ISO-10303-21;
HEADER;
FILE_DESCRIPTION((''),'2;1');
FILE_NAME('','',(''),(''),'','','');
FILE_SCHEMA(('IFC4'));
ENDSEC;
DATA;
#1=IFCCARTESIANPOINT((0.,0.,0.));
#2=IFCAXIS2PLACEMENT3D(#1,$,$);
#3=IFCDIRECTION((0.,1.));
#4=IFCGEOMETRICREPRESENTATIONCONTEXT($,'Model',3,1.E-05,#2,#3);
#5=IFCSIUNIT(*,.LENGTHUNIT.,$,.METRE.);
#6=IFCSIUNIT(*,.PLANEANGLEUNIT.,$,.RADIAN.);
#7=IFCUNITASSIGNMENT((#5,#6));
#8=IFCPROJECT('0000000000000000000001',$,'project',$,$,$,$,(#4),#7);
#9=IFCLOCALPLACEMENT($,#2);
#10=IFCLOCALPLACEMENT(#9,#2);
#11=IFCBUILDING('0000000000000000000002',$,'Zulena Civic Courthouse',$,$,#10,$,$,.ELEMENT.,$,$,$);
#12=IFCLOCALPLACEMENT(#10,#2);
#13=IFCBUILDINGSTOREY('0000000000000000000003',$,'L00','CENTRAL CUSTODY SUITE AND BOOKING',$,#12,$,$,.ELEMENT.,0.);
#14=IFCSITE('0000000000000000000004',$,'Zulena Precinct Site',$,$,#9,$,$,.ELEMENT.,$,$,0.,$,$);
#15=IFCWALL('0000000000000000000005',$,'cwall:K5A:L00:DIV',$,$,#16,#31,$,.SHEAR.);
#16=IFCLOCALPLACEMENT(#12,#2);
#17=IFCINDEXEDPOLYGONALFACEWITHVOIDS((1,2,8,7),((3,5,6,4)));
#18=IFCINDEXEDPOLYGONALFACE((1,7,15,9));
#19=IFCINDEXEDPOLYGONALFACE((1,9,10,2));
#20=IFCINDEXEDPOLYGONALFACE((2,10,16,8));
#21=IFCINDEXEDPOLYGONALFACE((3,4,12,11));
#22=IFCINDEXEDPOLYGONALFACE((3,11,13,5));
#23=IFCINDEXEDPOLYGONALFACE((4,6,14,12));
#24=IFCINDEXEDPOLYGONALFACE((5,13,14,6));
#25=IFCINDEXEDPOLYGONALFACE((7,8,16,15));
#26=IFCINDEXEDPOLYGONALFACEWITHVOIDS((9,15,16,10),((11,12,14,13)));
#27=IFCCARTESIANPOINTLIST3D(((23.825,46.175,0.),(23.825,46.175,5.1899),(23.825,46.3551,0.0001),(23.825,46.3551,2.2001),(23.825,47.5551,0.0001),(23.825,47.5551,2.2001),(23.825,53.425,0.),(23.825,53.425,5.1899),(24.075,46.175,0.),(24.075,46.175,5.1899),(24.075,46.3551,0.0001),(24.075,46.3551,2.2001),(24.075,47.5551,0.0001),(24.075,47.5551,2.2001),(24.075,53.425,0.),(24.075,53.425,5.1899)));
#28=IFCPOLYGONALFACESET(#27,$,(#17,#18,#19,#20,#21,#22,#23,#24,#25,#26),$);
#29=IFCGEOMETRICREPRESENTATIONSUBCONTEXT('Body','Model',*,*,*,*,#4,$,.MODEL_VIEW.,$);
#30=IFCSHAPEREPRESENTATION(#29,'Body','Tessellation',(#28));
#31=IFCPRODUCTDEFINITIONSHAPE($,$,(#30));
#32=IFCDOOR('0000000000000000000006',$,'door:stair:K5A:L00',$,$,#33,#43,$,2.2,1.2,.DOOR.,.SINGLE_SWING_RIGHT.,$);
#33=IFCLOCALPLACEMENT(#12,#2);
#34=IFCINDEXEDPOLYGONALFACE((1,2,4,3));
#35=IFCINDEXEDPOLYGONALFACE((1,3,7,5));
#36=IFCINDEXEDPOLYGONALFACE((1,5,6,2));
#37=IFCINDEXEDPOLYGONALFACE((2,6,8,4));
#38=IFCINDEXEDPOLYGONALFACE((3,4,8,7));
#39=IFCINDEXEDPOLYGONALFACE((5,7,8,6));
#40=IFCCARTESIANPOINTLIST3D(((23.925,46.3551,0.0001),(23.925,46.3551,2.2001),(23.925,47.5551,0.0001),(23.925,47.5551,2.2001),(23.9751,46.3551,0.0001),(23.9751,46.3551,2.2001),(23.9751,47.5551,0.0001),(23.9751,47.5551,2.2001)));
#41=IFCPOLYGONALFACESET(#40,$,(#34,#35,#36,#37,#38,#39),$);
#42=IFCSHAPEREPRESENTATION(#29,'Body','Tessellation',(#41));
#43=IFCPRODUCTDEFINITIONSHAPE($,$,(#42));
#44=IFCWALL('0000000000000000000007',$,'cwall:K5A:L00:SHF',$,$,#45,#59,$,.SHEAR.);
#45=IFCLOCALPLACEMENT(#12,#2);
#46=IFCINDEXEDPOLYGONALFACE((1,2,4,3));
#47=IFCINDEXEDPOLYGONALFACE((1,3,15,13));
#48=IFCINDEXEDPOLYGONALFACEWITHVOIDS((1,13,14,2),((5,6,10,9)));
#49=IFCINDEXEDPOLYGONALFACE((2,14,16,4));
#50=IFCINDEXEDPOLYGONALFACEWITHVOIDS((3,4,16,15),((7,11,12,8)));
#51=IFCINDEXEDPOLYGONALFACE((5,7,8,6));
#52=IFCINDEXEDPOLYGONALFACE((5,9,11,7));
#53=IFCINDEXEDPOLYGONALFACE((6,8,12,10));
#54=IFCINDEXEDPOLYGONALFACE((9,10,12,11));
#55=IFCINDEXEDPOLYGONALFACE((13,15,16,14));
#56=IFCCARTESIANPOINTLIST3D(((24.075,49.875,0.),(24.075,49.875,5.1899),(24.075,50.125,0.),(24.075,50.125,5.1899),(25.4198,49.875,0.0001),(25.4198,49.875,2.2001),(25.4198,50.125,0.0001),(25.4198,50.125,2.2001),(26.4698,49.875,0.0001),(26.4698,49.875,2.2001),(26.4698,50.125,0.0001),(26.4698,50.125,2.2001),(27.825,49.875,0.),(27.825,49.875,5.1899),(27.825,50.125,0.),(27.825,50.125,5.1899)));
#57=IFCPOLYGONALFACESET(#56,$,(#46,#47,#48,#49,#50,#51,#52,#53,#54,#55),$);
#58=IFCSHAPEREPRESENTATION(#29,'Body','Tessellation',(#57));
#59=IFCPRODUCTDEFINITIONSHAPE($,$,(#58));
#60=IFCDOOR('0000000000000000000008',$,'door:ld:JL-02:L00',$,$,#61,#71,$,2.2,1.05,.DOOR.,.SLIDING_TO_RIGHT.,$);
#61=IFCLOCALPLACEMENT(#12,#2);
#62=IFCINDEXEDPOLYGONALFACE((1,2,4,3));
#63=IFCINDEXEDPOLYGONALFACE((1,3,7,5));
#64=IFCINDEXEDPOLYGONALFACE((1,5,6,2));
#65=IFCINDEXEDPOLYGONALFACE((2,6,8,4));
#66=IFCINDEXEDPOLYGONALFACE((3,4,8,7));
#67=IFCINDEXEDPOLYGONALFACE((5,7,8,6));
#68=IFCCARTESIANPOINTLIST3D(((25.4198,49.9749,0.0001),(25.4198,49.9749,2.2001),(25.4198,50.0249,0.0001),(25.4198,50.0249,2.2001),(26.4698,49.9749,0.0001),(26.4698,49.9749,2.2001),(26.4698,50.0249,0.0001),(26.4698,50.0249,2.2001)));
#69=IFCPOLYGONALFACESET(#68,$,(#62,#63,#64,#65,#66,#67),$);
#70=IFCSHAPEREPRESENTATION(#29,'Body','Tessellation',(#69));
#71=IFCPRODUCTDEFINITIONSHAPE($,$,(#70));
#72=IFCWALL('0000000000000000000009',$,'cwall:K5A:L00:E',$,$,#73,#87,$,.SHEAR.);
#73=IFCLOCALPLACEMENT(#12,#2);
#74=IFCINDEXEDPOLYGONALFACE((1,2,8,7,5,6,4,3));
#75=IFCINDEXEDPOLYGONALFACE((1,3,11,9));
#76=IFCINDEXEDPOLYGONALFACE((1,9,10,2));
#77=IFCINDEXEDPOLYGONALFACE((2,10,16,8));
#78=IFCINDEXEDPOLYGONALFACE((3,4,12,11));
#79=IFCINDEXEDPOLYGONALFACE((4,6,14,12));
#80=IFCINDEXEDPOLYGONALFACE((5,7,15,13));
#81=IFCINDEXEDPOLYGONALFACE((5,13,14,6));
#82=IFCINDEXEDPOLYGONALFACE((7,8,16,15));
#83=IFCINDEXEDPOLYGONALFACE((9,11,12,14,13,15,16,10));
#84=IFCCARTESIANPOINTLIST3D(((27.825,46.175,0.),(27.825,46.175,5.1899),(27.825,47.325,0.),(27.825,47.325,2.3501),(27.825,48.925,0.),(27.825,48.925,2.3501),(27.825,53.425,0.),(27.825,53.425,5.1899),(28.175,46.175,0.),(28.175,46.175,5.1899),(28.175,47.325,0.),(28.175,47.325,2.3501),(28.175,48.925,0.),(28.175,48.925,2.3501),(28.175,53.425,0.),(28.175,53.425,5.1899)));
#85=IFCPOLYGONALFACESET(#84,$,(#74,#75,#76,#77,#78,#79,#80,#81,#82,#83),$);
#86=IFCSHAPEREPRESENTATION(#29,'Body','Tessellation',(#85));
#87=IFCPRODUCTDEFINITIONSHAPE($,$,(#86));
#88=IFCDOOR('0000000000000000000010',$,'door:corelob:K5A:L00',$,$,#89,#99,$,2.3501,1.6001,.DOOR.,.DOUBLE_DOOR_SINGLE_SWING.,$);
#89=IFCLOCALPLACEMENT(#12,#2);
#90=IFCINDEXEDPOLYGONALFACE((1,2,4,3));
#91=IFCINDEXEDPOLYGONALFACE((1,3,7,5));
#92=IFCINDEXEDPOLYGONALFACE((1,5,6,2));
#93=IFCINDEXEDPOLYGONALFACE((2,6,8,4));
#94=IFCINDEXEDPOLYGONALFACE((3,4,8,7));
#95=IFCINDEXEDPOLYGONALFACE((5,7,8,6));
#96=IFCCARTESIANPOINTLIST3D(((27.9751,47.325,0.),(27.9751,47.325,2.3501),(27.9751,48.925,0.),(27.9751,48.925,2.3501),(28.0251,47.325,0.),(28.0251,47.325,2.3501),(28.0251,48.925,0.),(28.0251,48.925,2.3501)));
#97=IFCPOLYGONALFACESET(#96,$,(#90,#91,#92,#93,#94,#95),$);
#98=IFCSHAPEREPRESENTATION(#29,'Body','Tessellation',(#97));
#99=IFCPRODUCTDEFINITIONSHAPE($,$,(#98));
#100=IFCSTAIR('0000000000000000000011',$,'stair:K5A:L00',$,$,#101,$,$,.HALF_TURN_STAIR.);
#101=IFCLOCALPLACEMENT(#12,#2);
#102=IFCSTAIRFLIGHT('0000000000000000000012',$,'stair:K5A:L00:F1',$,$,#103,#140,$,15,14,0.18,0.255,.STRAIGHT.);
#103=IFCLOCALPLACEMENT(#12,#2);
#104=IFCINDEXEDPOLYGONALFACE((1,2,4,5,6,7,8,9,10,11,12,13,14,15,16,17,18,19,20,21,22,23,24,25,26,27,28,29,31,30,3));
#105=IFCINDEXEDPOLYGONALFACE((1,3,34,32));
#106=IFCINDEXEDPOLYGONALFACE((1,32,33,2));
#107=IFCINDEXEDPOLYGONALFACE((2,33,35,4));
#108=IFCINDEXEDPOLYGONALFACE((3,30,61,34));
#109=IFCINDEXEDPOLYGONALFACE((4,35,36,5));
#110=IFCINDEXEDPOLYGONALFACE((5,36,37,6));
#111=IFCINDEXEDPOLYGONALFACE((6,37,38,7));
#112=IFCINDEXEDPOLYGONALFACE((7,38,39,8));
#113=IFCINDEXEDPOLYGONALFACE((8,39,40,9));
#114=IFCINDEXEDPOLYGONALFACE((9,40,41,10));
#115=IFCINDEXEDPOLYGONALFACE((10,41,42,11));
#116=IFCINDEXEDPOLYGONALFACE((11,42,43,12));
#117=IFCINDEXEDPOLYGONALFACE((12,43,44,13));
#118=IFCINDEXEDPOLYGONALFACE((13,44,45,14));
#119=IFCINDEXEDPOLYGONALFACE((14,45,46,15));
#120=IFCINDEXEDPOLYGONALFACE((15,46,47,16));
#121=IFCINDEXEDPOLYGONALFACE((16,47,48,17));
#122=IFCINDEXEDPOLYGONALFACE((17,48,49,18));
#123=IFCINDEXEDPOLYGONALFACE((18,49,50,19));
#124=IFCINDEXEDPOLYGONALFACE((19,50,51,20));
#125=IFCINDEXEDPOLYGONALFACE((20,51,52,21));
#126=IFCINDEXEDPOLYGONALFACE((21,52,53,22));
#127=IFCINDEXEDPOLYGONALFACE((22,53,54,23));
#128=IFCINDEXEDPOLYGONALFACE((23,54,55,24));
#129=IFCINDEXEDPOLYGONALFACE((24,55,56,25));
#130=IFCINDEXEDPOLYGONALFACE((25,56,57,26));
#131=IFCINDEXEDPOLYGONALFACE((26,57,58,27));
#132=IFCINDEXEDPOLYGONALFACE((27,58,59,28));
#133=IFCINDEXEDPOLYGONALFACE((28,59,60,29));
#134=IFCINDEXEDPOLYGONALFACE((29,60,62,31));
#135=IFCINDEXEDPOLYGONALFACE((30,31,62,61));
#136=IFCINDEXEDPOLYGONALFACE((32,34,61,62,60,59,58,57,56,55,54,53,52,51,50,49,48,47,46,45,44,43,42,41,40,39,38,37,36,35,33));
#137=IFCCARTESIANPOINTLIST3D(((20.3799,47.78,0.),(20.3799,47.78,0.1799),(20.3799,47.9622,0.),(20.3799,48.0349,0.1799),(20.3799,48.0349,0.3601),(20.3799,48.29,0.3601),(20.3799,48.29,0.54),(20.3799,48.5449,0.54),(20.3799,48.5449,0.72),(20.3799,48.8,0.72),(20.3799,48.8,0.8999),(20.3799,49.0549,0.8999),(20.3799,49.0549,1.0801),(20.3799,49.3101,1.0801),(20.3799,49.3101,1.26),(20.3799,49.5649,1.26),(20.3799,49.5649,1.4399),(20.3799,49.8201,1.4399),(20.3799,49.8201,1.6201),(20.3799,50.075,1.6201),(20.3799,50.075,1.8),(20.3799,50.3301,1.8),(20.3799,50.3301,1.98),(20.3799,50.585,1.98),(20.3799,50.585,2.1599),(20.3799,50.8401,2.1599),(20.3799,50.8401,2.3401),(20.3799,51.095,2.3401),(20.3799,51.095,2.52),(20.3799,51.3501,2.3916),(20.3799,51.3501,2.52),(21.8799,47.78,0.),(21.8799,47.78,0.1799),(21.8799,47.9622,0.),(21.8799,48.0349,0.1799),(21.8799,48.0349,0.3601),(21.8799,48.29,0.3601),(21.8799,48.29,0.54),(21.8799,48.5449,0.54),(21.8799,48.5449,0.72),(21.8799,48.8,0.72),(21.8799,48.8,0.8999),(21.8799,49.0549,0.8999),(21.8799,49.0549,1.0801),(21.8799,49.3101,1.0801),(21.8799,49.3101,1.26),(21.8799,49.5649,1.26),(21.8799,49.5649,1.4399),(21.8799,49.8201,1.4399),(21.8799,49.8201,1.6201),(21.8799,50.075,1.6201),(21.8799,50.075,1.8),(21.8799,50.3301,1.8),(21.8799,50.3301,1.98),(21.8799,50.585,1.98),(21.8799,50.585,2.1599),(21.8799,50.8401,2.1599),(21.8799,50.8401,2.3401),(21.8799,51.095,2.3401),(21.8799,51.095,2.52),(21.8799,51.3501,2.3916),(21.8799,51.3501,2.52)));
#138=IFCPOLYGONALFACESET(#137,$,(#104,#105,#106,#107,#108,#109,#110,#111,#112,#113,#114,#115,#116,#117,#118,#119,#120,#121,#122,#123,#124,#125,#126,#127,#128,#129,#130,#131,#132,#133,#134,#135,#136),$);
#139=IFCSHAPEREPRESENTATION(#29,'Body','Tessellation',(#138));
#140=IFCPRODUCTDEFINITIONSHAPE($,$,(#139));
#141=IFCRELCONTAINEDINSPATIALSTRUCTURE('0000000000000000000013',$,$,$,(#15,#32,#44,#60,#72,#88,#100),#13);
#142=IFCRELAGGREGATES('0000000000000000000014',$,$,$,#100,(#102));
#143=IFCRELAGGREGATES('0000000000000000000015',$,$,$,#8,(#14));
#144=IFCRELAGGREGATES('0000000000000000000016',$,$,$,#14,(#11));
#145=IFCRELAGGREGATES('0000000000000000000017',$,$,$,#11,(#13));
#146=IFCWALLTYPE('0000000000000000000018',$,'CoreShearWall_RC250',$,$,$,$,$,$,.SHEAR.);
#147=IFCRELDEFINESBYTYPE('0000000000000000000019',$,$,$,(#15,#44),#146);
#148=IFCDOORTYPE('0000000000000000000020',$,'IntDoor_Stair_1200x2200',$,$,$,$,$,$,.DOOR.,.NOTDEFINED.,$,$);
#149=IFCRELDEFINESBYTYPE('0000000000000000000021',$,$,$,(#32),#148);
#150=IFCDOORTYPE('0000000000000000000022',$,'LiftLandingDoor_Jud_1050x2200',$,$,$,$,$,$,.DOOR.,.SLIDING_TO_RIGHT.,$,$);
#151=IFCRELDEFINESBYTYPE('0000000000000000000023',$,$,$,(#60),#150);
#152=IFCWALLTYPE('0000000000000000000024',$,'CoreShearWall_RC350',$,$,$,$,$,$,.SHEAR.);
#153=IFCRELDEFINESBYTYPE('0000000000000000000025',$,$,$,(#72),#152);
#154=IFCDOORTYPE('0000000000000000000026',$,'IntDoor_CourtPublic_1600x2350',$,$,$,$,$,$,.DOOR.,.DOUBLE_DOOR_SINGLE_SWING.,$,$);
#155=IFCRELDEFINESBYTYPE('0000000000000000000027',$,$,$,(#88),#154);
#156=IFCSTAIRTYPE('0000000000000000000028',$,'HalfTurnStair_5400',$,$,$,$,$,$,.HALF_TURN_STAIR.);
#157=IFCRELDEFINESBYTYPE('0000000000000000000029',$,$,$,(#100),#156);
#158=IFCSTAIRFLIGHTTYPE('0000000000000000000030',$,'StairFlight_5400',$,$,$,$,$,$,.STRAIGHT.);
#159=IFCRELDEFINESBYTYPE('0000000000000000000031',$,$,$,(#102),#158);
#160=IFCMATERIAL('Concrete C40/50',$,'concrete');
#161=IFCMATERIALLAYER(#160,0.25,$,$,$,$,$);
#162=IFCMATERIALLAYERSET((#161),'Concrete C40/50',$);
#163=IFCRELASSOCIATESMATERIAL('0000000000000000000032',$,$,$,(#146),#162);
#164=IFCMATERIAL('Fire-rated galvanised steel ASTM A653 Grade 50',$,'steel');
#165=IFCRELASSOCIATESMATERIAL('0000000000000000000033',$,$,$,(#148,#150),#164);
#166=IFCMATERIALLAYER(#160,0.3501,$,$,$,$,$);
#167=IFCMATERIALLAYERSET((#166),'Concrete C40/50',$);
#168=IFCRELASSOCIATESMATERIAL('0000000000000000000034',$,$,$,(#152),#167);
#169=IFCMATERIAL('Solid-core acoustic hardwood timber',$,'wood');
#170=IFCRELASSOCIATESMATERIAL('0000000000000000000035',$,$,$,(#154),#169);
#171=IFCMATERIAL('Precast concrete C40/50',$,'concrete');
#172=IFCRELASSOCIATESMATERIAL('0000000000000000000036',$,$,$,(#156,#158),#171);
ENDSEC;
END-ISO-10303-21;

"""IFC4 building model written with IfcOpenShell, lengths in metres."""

from ifc_helpers import new_model, si_unit, direction, frame, frame_2d, origin, place, context, subcontext, project, spatial, polyline, rectangle, outline, extrude, material, layer, layer_set, type_object, element, fill, aggregate, save


model = new_model("IFC4")

# Units and contexts
model_context = context("Model", 3, precision=1e-05, world=origin(), true_north=direction((0.0, 1.0)))
body_context = subcontext(model_context, "Body", "Model", "MODEL_VIEW")
ifc_project = project(units=[si_unit("LENGTHUNIT", "METRE"), si_unit("PLANEANGLEUNIT", "RADIAN")], contexts=[model_context])

# Site, building, storey
site_placement = place(None, origin())
site = spatial("IfcSite", under=ifc_project, at=site_placement, Name="Zulena Precinct Site", CompositionType="ELEMENT", RefElevation=0.0)
building_placement = place(site_placement, origin())
building = spatial("IfcBuilding", under=site, at=building_placement, Name="Zulena Civic Courthouse", CompositionType="ELEMENT")
storey_placement = place(building_placement, origin())
storey = spatial("IfcBuildingStorey", under=building, at=storey_placement, Name="L00", Description="CENTRAL CUSTODY SUITE AND BOOKING", CompositionType="ELEMENT", Elevation=0.0)

# Walls, openings, doors
ifc_material_1 = material(Name="Concrete C40/50", Category="concrete")
ifc_layer_1 = layer(ifc_material_1, 0.25)
ifc_layer_set_1 = layer_set([ifc_layer_1], Name="Concrete C40/50")
wall_type_1 = type_object("IfcWallType", Name="CoreShearWall_RC250", PredefinedType="SHEAR", material=ifc_layer_set_1)
wall_1_placement = place(storey_placement, frame((23.95, 46.175, 0.0), z_axis=(0.0, 0.0, 1.0), x_axis=(0.0, 1.0, 0.0)))
wall_1 = element("IfcWall", 1, at=wall_1_placement, inside=storey, type_object=wall_type_1, Name="cwall:K5A:L00:DIV", PredefinedType="SHEAR", context=body_context, shape_type="SweptSolid", body=[
    extrude(rectangle(XDim=7.25, YDim=0.25, at=frame_2d((3.625, 0.0))), origin(), (0.0, 0.0, 1.0), 5.1899),
])
opening_1_placement = place(wall_1_placement, frame((0.1799, 0.0, 0.0)))
opening_1 = element("IfcOpeningElement", 2, at=opening_1_placement, cuts=wall_1, PredefinedType="OPENING", context=body_context, shape_type="SweptSolid", body=[
    extrude(rectangle(XDim=1.2, YDim=2.2, at=frame_2d((0.6001, 1.1001))), frame((0.0, 0.135, 0.0), z_axis=(0.0, -1.0, 0.0), x_axis=(1.0, 0.0, 0.0)), (0.0, 0.0, 1.0), 0.27),
])
ifc_material_2 = material(Name="Fire-rated galvanised steel ASTM A653 Grade 50", Category="steel")
door_type_1 = type_object("IfcDoorType", Name="IntDoor_Stair_1200x2200", OperationType="NOTDEFINED", PredefinedType="DOOR", material=ifc_material_2)
door_1_placement = place(opening_1_placement, origin())
door_1 = element("IfcDoor", 3, at=door_1_placement, inside=storey, type_object=door_type_1, Name="door:stair:K5A:L00", OperationType="SINGLE_SWING_RIGHT", OverallHeight=2.2, OverallWidth=1.2, PredefinedType="DOOR", context=body_context, shape_type="SweptSolid", body=[
    extrude(rectangle(XDim=1.2, YDim=2.2, at=frame_2d((0.6001, 1.1001))), frame((0.0, 0.0249, 0.0), z_axis=(0.0, -1.0, 0.0), x_axis=(1.0, 0.0, 0.0)), (0.0, 0.0, 1.0), 0.05),
])
fill(opening_1, door_1)
wall_2_placement = place(storey_placement, frame((24.075, 50.0, 0.0), z_axis=(0.0, 0.0, 1.0), x_axis=(1.0, 0.0, 0.0)))
wall_2 = element("IfcWall", 4, at=wall_2_placement, inside=storey, type_object=wall_type_1, Name="cwall:K5A:L00:SHF", PredefinedType="SHEAR", context=body_context, shape_type="SweptSolid", body=[
    extrude(rectangle(XDim=3.75, YDim=0.25, at=frame_2d((1.875, 0.0))), origin(), (0.0, 0.0, 1.0), 5.1899),
])
opening_2_placement = place(wall_2_placement, frame((1.345, 0.0, 0.0)))
opening_2 = element("IfcOpeningElement", 5, at=opening_2_placement, cuts=wall_2, PredefinedType="OPENING", context=body_context, shape_type="SweptSolid", body=[
    extrude(rectangle(XDim=1.05, YDim=2.2, at=frame_2d((0.5249, 1.1001))), frame((0.0, 0.135, 0.0), z_axis=(0.0, -1.0, 0.0), x_axis=(1.0, 0.0, 0.0)), (0.0, 0.0, 1.0), 0.27),
])
door_type_2 = type_object("IfcDoorType", Name="LiftLandingDoor_Jud_1050x2200", OperationType="SLIDING_TO_RIGHT", PredefinedType="DOOR", material=ifc_material_2)
door_2_placement = place(opening_2_placement, origin())
door_2 = element("IfcDoor", 6, at=door_2_placement, inside=storey, type_object=door_type_2, Name="door:ld:JL-02:L00", OperationType="SLIDING_TO_RIGHT", OverallHeight=2.2, OverallWidth=1.05, PredefinedType="DOOR", context=body_context, shape_type="SweptSolid", body=[
    extrude(rectangle(XDim=1.05, YDim=2.2, at=frame_2d((0.5249, 1.1001))), frame((0.0, 0.0249, 0.0), z_axis=(0.0, -1.0, 0.0), x_axis=(1.0, 0.0, 0.0)), (0.0, 0.0, 1.0), 0.05),
])
fill(opening_2, door_2)
ifc_layer_2 = layer(ifc_material_1, 0.3501)
ifc_layer_set_2 = layer_set([ifc_layer_2], Name="Concrete C40/50")
wall_type_2 = type_object("IfcWallType", Name="CoreShearWall_RC350", PredefinedType="SHEAR", material=ifc_layer_set_2)
wall_3_placement = place(storey_placement, frame((28.0, 46.175, 0.0), z_axis=(0.0, 0.0, 1.0), x_axis=(0.0, 1.0, 0.0)))
wall_3 = element("IfcWall", 7, at=wall_3_placement, inside=storey, type_object=wall_type_2, Name="cwall:K5A:L00:E", PredefinedType="SHEAR", context=body_context, shape_type="SweptSolid", body=[
    extrude(rectangle(XDim=7.25, YDim=0.3501, at=frame_2d((3.625, 0.0))), origin(), (0.0, 0.0, 1.0), 5.1899),
])
opening_3_placement = place(wall_3_placement, frame((1.1499, 0.0, 0.0)))
opening_3 = element("IfcOpeningElement", 8, at=opening_3_placement, cuts=wall_3, PredefinedType="OPENING", context=body_context, shape_type="SweptSolid", body=[
    extrude(rectangle(XDim=1.6001, YDim=2.3501, at=frame_2d((0.8, 1.175))), frame((0.0, 0.1851, 0.0), z_axis=(0.0, -1.0, 0.0), x_axis=(1.0, 0.0, 0.0)), (0.0, 0.0, 1.0), 0.3701),
])
ifc_material_3 = material(Name="Solid-core acoustic hardwood timber", Category="wood")
door_type_3 = type_object("IfcDoorType", Name="IntDoor_CourtPublic_1600x2350", OperationType="DOUBLE_DOOR_SINGLE_SWING", PredefinedType="DOOR", material=ifc_material_3)
door_3_placement = place(opening_3_placement, origin())
door_3 = element("IfcDoor", 9, at=door_3_placement, inside=storey, type_object=door_type_3, Name="door:corelob:K5A:L00", OperationType="DOUBLE_DOOR_SINGLE_SWING", OverallHeight=2.3501, OverallWidth=1.6001, PredefinedType="DOOR", context=body_context, shape_type="SweptSolid", body=[
    extrude(rectangle(XDim=1.6001, YDim=2.3501, at=frame_2d((0.8, 1.175))), frame((0.0, 0.0249, 0.0), z_axis=(0.0, -1.0, 0.0), x_axis=(1.0, 0.0, 0.0)), (0.0, 0.0, 1.0), 0.05),
])
fill(opening_3, door_3)

# Stair, stair flight
ifc_material_4 = material(Name="Precast concrete C40/50", Category="concrete")
stair_type = type_object("IfcStairType", Name="HalfTurnStair_5400", PredefinedType="HALF_TURN_STAIR", material=ifc_material_4)
stair_placement = place(storey_placement, origin())
stair = element("IfcStair", 10, at=stair_placement, inside=storey, type_object=stair_type, Name="stair:K5A:L00", PredefinedType="HALF_TURN_STAIR")
stair_flight_type = type_object("IfcStairFlightType", Name="StairFlight_5400", PredefinedType="STRAIGHT", material=ifc_material_4)
stair_flight_1_placement = place(storey_placement, frame((21.1299, 47.78, 0.0), z_axis=(0.0, 0.0, 1.0), x_axis=(0.0, 1.0, 0.0)))
stair_flight_1 = element("IfcStairFlight", 11, at=stair_flight_1_placement, type_object=stair_flight_type, Name="stair:K5A:L00:F1", NumberOfRisers=15, NumberOfTreads=14, PredefinedType="STRAIGHT", RiserHeight=0.18, TreadLength=0.255, context=body_context, shape_type="SweptSolid", body=[
    extrude(outline(polyline([(0.0, 0.0), (0.0, 0.1799), (0.2549, 0.1799), (0.2549, 0.3601), (0.51, 0.3601), (0.51, 0.54), (0.7649, 0.54), (0.7649, 0.72), (1.02, 0.72), (1.02, 0.8999), (1.2749, 0.8999), (1.2749, 1.0801), (1.53, 1.0801), (1.53, 1.26), (1.7849, 1.26), (1.7849, 1.4399), (2.04, 1.4399), (2.04, 1.6201), (2.2949, 1.6201), (2.2949, 1.8), (2.55, 1.8), (2.55, 1.98), (2.8049, 1.98), (2.8049, 2.1599), (3.0601, 2.1599), (3.0601, 2.3401), (3.3149, 2.3401), (3.3149, 2.52), (3.5701, 2.52), (3.5701, 2.7), (3.5701, 2.3916), (0.1821, 0.0), (0.0, 0.0)])), frame((0.0, 0.75, 0.0), z_axis=(0.0, -1.0, 0.0), x_axis=(1.0, 0.0, 0.0)), (0.0, 0.0, 1.0), 1.5),
])
aggregate(stair, [stair_flight_1])

save(model, "model.ifc")
